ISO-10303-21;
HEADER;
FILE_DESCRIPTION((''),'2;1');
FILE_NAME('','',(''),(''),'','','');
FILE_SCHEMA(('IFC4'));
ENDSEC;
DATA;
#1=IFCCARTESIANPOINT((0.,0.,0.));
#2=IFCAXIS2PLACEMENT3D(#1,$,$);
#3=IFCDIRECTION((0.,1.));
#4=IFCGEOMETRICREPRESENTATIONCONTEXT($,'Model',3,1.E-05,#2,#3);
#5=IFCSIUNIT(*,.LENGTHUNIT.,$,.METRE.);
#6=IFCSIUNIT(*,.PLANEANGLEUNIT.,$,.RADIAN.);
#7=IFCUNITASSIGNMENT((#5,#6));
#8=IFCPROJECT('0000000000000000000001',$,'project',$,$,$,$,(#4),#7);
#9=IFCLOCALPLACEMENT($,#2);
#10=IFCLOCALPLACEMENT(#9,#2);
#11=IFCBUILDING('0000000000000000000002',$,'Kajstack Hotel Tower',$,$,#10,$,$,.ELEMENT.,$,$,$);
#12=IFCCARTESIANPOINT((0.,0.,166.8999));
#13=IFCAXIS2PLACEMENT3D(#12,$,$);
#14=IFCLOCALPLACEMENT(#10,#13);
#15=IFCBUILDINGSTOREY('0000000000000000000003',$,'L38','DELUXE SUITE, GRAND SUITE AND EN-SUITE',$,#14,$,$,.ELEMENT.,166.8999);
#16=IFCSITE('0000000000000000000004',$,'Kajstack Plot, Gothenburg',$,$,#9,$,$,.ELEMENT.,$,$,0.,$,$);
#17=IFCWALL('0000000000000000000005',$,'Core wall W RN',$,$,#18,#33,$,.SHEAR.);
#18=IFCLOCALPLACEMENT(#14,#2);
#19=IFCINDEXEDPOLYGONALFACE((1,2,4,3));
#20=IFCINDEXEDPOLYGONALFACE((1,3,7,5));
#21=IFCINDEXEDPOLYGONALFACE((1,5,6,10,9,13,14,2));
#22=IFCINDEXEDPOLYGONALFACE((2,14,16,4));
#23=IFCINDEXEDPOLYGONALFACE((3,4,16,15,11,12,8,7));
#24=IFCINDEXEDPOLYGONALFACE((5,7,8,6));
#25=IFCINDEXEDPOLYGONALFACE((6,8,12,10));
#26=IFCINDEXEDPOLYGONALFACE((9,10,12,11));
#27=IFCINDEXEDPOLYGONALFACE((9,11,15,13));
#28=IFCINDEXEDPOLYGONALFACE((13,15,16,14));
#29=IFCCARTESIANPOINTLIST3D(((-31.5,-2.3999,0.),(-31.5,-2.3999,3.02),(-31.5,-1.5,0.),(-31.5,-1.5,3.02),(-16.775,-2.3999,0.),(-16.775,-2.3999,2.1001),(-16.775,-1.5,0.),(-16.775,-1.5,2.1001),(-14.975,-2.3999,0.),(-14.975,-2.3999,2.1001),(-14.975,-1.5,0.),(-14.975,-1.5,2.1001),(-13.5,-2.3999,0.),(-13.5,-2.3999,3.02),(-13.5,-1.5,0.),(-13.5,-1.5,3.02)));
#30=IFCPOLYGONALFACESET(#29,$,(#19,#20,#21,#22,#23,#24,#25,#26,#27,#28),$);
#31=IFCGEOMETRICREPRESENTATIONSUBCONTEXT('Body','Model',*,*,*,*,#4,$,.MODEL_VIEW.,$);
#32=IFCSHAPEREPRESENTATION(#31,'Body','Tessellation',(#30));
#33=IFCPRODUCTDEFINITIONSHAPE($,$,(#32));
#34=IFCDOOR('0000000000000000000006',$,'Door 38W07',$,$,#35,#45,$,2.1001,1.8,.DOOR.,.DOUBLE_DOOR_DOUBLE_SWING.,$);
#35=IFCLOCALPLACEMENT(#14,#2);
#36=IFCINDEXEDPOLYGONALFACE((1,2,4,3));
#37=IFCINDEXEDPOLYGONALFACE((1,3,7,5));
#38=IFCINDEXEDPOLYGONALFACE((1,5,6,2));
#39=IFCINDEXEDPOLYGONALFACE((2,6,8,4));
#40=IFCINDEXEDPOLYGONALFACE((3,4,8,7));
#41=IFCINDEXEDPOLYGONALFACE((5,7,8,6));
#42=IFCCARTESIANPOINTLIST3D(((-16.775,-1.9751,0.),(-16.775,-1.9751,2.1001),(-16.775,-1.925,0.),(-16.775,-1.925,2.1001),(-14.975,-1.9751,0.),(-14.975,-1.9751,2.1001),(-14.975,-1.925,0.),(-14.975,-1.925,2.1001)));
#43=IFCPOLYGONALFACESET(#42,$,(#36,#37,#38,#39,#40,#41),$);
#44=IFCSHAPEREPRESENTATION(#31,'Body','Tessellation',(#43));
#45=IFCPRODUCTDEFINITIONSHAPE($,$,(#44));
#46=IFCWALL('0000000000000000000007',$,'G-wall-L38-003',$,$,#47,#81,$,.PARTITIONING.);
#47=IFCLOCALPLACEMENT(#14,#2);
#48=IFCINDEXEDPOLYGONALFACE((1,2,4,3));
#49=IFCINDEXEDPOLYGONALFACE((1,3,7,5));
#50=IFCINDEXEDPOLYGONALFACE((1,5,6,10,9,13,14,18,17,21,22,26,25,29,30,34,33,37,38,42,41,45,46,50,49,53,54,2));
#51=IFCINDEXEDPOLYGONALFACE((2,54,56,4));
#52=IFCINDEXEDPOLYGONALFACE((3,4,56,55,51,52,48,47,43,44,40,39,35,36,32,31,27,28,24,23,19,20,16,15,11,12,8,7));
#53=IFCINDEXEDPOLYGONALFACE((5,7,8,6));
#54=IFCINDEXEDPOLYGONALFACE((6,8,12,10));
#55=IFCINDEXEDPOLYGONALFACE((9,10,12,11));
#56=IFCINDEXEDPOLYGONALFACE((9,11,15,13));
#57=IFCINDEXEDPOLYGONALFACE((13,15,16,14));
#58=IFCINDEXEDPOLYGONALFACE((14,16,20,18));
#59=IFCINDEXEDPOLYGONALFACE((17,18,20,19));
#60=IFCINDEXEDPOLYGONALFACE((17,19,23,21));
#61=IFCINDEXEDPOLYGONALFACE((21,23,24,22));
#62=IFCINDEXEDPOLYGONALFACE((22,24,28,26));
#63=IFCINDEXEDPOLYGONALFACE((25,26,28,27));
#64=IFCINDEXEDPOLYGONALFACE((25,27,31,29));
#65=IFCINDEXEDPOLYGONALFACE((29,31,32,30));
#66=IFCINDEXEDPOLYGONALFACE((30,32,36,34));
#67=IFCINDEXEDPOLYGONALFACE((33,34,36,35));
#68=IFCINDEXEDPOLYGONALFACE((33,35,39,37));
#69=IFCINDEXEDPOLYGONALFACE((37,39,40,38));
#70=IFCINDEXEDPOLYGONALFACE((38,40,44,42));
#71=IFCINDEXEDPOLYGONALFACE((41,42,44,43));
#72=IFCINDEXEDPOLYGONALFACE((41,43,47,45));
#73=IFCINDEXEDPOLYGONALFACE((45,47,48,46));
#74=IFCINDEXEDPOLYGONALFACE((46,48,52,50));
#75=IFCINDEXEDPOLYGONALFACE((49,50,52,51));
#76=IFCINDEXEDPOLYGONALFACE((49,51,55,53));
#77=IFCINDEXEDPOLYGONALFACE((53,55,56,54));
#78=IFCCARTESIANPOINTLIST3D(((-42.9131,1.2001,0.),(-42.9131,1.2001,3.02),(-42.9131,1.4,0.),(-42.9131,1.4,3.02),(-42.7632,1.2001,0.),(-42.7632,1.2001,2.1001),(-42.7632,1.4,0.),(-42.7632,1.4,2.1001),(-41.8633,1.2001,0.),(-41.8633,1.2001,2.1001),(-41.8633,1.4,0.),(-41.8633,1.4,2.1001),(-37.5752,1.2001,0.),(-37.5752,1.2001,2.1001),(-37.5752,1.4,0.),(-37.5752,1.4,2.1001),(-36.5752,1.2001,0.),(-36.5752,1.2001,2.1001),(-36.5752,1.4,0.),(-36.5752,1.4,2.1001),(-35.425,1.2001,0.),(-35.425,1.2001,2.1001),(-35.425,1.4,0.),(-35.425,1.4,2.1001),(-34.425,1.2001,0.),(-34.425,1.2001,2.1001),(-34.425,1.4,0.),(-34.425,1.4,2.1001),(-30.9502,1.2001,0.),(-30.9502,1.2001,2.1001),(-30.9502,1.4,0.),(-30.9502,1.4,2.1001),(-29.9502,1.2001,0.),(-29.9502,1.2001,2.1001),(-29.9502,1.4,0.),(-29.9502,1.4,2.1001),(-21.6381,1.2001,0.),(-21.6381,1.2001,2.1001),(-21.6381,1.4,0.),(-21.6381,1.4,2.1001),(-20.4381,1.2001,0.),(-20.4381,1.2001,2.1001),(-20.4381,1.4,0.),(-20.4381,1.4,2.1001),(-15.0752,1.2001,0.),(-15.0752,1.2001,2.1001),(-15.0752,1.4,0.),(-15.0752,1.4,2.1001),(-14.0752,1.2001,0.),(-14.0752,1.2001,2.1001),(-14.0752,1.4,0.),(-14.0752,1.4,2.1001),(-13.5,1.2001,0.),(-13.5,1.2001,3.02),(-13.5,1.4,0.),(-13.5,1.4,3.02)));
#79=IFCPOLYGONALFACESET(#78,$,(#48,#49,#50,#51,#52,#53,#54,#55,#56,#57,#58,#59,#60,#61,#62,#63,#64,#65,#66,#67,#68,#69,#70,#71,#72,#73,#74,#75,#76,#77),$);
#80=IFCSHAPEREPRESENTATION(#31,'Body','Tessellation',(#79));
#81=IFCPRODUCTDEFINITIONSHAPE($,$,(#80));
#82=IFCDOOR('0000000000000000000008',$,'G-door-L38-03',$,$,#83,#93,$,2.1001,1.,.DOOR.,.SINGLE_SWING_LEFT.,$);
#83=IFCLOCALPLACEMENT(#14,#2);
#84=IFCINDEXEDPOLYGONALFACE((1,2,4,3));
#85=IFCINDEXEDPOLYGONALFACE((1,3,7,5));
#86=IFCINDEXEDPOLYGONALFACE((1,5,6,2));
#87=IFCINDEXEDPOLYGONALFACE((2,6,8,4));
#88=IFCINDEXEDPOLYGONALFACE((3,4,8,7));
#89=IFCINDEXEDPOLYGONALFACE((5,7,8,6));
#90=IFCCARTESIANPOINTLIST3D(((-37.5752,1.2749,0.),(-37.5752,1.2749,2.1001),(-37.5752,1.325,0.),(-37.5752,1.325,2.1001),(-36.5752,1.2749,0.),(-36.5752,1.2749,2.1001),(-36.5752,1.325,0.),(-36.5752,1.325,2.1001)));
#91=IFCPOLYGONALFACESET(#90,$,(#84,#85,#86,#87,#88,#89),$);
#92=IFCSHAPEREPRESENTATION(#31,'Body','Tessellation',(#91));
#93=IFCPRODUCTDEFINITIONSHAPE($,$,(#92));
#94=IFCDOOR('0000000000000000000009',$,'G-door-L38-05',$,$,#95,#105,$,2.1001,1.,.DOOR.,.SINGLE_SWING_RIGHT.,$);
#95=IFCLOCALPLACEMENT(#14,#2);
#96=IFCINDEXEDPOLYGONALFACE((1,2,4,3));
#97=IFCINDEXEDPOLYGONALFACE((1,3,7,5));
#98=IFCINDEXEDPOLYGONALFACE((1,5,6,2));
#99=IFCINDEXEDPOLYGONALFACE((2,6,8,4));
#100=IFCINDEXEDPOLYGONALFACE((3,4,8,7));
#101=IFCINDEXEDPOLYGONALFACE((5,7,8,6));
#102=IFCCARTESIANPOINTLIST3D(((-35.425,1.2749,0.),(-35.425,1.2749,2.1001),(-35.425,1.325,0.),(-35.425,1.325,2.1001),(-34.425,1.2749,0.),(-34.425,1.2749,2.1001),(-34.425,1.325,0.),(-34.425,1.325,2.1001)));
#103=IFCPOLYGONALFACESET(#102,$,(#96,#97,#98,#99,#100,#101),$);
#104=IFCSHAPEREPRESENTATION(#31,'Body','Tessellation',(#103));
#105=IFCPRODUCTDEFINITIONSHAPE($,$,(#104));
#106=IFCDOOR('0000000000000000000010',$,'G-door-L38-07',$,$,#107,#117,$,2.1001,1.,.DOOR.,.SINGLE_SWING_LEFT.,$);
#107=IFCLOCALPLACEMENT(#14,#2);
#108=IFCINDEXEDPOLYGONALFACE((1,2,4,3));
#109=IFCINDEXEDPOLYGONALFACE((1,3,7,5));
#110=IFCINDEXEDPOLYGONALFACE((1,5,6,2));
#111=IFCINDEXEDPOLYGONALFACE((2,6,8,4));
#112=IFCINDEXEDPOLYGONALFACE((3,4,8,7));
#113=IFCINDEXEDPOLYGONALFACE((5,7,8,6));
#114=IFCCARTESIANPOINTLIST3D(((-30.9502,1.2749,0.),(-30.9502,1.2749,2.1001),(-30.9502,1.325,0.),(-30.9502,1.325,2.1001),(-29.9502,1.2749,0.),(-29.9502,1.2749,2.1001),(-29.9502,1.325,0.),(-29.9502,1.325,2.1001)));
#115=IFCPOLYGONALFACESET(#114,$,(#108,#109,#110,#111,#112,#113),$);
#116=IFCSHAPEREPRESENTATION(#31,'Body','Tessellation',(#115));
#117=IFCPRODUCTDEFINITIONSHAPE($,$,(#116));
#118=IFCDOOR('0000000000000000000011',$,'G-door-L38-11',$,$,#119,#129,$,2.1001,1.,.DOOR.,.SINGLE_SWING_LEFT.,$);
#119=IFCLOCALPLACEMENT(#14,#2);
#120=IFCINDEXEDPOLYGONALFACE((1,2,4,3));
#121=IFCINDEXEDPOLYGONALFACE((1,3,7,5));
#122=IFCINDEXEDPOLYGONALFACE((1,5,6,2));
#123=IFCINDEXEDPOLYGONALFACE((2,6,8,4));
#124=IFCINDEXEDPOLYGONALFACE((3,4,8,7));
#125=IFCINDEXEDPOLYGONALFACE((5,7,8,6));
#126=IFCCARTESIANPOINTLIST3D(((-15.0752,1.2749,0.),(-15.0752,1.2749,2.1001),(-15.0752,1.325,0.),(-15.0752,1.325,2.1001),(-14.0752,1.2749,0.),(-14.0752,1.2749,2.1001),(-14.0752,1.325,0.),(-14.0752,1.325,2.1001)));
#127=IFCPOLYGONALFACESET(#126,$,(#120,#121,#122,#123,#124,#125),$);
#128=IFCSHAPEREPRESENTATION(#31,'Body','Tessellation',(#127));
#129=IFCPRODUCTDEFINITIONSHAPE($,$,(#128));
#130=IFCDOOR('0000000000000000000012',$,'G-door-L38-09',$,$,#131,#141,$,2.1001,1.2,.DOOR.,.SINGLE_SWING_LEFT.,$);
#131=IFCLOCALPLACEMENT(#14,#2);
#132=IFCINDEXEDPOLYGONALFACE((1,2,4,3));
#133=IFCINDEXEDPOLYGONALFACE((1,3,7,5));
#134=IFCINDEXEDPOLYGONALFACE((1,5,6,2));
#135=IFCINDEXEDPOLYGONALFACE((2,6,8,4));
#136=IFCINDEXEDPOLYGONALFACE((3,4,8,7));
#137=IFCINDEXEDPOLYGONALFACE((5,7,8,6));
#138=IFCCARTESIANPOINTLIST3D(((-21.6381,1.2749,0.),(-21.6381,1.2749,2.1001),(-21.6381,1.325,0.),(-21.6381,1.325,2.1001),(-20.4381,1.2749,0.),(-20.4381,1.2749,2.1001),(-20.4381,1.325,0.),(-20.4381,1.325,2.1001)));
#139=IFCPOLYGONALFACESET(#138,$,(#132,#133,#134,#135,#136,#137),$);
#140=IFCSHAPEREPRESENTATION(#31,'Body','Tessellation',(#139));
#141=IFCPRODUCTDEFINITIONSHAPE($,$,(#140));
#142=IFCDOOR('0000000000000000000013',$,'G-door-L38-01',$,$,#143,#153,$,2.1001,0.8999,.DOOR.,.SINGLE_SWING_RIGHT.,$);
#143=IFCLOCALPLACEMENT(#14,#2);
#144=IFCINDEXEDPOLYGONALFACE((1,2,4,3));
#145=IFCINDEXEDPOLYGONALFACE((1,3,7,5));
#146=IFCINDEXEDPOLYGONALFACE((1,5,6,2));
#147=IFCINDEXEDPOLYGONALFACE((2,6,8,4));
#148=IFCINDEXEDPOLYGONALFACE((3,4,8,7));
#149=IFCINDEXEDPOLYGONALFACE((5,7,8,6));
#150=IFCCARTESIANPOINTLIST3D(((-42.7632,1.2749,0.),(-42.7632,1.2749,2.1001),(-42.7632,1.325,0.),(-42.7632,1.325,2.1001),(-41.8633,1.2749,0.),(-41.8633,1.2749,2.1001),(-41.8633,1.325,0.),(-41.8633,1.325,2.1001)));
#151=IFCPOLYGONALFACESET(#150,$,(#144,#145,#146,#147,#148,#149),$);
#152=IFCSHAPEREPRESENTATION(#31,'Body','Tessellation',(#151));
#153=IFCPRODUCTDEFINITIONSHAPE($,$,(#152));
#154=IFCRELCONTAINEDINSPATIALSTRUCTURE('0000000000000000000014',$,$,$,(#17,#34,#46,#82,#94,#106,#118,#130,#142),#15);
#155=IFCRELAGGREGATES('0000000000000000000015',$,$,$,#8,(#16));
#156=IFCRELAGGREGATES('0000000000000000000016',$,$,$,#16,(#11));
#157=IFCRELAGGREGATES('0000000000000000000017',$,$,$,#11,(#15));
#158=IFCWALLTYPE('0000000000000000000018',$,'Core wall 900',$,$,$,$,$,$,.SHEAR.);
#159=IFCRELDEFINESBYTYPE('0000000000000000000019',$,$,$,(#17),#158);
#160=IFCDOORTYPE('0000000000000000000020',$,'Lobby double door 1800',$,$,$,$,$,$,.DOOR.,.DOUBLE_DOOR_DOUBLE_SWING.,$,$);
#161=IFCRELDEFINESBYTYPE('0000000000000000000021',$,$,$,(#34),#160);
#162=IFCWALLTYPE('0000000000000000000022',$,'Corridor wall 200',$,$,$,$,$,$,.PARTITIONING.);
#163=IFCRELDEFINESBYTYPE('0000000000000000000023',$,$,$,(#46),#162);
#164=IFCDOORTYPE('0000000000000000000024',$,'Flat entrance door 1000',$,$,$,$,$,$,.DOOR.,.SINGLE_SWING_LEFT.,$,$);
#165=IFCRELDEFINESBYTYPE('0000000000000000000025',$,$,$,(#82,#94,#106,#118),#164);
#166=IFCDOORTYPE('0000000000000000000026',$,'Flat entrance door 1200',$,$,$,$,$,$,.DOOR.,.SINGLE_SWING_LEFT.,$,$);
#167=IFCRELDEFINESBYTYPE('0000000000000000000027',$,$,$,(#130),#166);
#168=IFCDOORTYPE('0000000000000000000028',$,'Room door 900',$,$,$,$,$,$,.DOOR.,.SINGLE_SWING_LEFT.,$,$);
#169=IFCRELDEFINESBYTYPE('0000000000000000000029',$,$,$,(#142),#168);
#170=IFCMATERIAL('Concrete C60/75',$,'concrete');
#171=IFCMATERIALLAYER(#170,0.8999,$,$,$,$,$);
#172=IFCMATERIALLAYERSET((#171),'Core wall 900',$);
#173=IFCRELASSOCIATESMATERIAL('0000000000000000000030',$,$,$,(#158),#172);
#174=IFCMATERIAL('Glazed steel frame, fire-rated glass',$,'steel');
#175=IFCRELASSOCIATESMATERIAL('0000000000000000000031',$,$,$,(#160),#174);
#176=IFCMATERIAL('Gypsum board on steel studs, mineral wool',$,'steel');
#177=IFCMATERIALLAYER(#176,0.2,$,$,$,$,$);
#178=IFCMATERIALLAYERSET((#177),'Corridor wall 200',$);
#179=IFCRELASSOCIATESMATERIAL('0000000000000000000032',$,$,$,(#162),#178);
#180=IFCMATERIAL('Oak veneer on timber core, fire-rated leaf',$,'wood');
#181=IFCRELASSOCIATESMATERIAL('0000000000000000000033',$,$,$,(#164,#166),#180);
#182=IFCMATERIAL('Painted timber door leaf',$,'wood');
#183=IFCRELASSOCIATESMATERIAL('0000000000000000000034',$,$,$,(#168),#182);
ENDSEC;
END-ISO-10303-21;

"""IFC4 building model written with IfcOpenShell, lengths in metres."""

from ifc_helpers import new_model, si_unit, direction, frame, frame_2d, origin, place, context, subcontext, project, spatial, rectangle, extrude, material, layer, layer_set, type_object, element, fill, save


model = new_model("IFC4")

# Units and contexts
model_context = context("Model", 3, precision=1e-05, world=origin(), true_north=direction((0.0, 1.0)))
body_context = subcontext(model_context, "Body", "Model", "MODEL_VIEW")
ifc_project = project(units=[si_unit("LENGTHUNIT", "METRE"), si_unit("PLANEANGLEUNIT", "RADIAN")], contexts=[model_context])

# Site, building, storey
site_placement = place(None, origin())
site = spatial("IfcSite", under=ifc_project, at=site_placement, Name="Kajstack Plot, Gothenburg", CompositionType="ELEMENT", RefElevation=0.0)
building_placement = place(site_placement, origin())
building = spatial("IfcBuilding", under=site, at=building_placement, Name="Kajstack Hotel Tower", CompositionType="ELEMENT")
storey_placement = place(building_placement, frame((0.0, 0.0, 166.8999)))
storey = spatial("IfcBuildingStorey", under=building, at=storey_placement, Name="L38", Description="DELUXE SUITE, GRAND SUITE AND EN-SUITE", CompositionType="ELEMENT", Elevation=166.8999)

# Wall, opening, door
ifc_material_1 = material(Name="Concrete C60/75", Category="concrete")
ifc_layer_1 = layer(ifc_material_1, 0.8999)
ifc_layer_set_1 = layer_set([ifc_layer_1], Name="Core wall 900")
wall_type_1 = type_object("IfcWallType", Name="Core wall 900", PredefinedType="SHEAR", material=ifc_layer_set_1)
wall_1_placement = place(storey_placement, frame((-31.5, -1.95, 0.0), z_axis=(0.0, 0.0, 1.0), x_axis=(1.0, 0.0, 0.0)))
wall_1 = element("IfcWall", 1, at=wall_1_placement, inside=storey, type_object=wall_type_1, Name="Core wall W RN", PredefinedType="SHEAR", context=body_context, shape_type="SweptSolid", body=[
    extrude(rectangle(XDim=18.0, YDim=0.8999, at=frame_2d((9.0, 0.0))), origin(), (0.0, 0.0, 1.0), 3.02),
])
opening_1_placement = place(wall_1_placement, frame((14.7251, 0.0, 0.0)))
opening_1 = element("IfcOpeningElement", 2, at=opening_1_placement, cuts=wall_1, PredefinedType="OPENING", context=body_context, shape_type="SweptSolid", body=[
    extrude(rectangle(XDim=1.8, YDim=2.1001, at=frame_2d((0.8999, 1.05))), frame((0.0, 0.46, 0.0), z_axis=(0.0, -1.0, 0.0), x_axis=(1.0, 0.0, 0.0)), (0.0, 0.0, 1.0), 0.9199),
])
ifc_material_2 = material(Name="Glazed steel frame, fire-rated glass", Category="steel")
door_type_1 = type_object("IfcDoorType", Name="Lobby double door 1800", OperationType="DOUBLE_DOOR_DOUBLE_SWING", PredefinedType="DOOR", material=ifc_material_2)
door_1_placement = place(opening_1_placement, origin())
door_1 = element("IfcDoor", 3, at=door_1_placement, inside=storey, type_object=door_type_1, Name="Door 38W07", OperationType="DOUBLE_DOOR_DOUBLE_SWING", OverallHeight=2.1001, OverallWidth=1.8, PredefinedType="DOOR", context=body_context, shape_type="SweptSolid", body=[
    extrude(rectangle(XDim=1.8, YDim=2.1001, at=frame_2d((0.8999, 1.05))), frame((0.0, 0.0249, 0.0), z_axis=(0.0, -1.0, 0.0), x_axis=(1.0, 0.0, 0.0)), (0.0, 0.0, 1.0), 0.05),
])
fill(opening_1, door_1)

# Wall, openings, doors
ifc_material_3 = material(Name="Gypsum board on steel studs, mineral wool", Category="steel")
ifc_layer_2 = layer(ifc_material_3, 0.2)
ifc_layer_set_2 = layer_set([ifc_layer_2], Name="Corridor wall 200")
wall_type_2 = type_object("IfcWallType", Name="Corridor wall 200", PredefinedType="PARTITIONING", material=ifc_layer_set_2)
wall_2_placement = place(storey_placement, frame((-42.9131, 1.3, 0.0), z_axis=(0.0, 0.0, 1.0), x_axis=(1.0, 0.0, 0.0)))
wall_2 = element("IfcWall", 4, at=wall_2_placement, inside=storey, type_object=wall_type_2, Name="G-wall-L38-003", PredefinedType="PARTITIONING", context=body_context, shape_type="SweptSolid", body=[
    extrude(rectangle(XDim=29.4131, YDim=0.2, at=frame_2d((14.7065, 0.0))), origin(), (0.0, 0.0, 1.0), 3.02),
])
opening_2_placement = place(wall_2_placement, frame((0.1499, 0.0, 0.0)))
opening_2 = element("IfcOpeningElement", 5, at=opening_2_placement, cuts=wall_2, PredefinedType="OPENING", context=body_context, shape_type="SweptSolid", body=[
    extrude(rectangle(XDim=0.8999, YDim=2.1001, at=frame_2d((0.45, 1.05))), frame((0.0, 0.1099, 0.0), z_axis=(0.0, -1.0, 0.0), x_axis=(1.0, 0.0, 0.0)), (0.0, 0.0, 1.0), 0.22),
])
opening_3_placement = place(wall_2_placement, frame((5.3379, 0.0, 0.0)))
opening_3 = element("IfcOpeningElement", 6, at=opening_3_placement, cuts=wall_2, PredefinedType="OPENING", context=body_context, shape_type="SweptSolid", body=[
    extrude(rectangle(XDim=1.0, YDim=2.1001, at=frame_2d((0.5, 1.05))), frame((0.0, 0.1099, 0.0), z_axis=(0.0, -1.0, 0.0), x_axis=(1.0, 0.0, 0.0)), (0.0, 0.0, 1.0), 0.22),
])
opening_4_placement = place(wall_2_placement, frame((7.488, 0.0, 0.0)))
opening_4 = element("IfcOpeningElement", 7, at=opening_4_placement, cuts=wall_2, PredefinedType="OPENING", context=body_context, shape_type="SweptSolid", body=[
    extrude(rectangle(XDim=1.0, YDim=2.1001, at=frame_2d((0.5, 1.05))), frame((0.0, 0.1099, 0.0), z_axis=(0.0, -1.0, 0.0), x_axis=(1.0, 0.0, 0.0)), (0.0, 0.0, 1.0), 0.22),
])
opening_5_placement = place(wall_2_placement, frame((11.9629, 0.0, 0.0)))
opening_5 = element("IfcOpeningElement", 8, at=opening_5_placement, cuts=wall_2, PredefinedType="OPENING", context=body_context, shape_type="SweptSolid", body=[
    extrude(rectangle(XDim=1.0, YDim=2.1001, at=frame_2d((0.5, 1.05))), frame((0.0, 0.1099, 0.0), z_axis=(0.0, -1.0, 0.0), x_axis=(1.0, 0.0, 0.0)), (0.0, 0.0, 1.0), 0.22),
])
opening_6_placement = place(wall_2_placement, frame((21.2749, 0.0, 0.0)))
opening_6 = element("IfcOpeningElement", 9, at=opening_6_placement, cuts=wall_2, PredefinedType="OPENING", context=body_context, shape_type="SweptSolid", body=[
    extrude(rectangle(XDim=1.2, YDim=2.1001, at=frame_2d((0.6001, 1.05))), frame((0.0, 0.1099, 0.0), z_axis=(0.0, -1.0, 0.0), x_axis=(1.0, 0.0, 0.0)), (0.0, 0.0, 1.0), 0.22),
])
opening_7_placement = place(wall_2_placement, frame((27.8379, 0.0, 0.0)))
opening_7 = element("IfcOpeningElement", 10, at=opening_7_placement, cuts=wall_2, PredefinedType="OPENING", context=body_context, shape_type="SweptSolid", body=[
    extrude(rectangle(XDim=1.0, YDim=2.1001, at=frame_2d((0.5, 1.05))), frame((0.0, 0.1099, 0.0), z_axis=(0.0, -1.0, 0.0), x_axis=(1.0, 0.0, 0.0)), (0.0, 0.0, 1.0), 0.22),
])
ifc_material_4 = material(Name="Oak veneer on timber core, fire-rated leaf", Category="wood")
door_type_2 = type_object("IfcDoorType", Name="Flat entrance door 1000", OperationType="SINGLE_SWING_LEFT", PredefinedType="DOOR", material=ifc_material_4)
door_2_placement = place(opening_3_placement, origin())
door_2 = element("IfcDoor", 11, at=door_2_placement, inside=storey, type_object=door_type_2, Name="G-door-L38-03", OperationType="SINGLE_SWING_LEFT", OverallHeight=2.1001, OverallWidth=1.0, PredefinedType="DOOR", context=body_context, shape_type="SweptSolid", body=[
    extrude(rectangle(XDim=1.0, YDim=2.1001, at=frame_2d((0.5, 1.05))), frame((0.0, 0.0249, 0.0), z_axis=(0.0, -1.0, 0.0), x_axis=(1.0, 0.0, 0.0)), (0.0, 0.0, 1.0), 0.05),
])
fill(opening_3, door_2)
door_3_placement = place(opening_4_placement, origin())
door_3 = element("IfcDoor", 12, at=door_3_placement, inside=storey, type_object=door_type_2, Name="G-door-L38-05", OperationType="SINGLE_SWING_RIGHT", OverallHeight=2.1001, OverallWidth=1.0, PredefinedType="DOOR", context=body_context, shape_type="SweptSolid", body=[
    extrude(rectangle(XDim=1.0, YDim=2.1001, at=frame_2d((0.5, 1.05))), frame((0.0, 0.0249, 0.0), z_axis=(0.0, -1.0, 0.0), x_axis=(1.0, 0.0, 0.0)), (0.0, 0.0, 1.0), 0.05),
])
fill(opening_4, door_3)
door_4_placement = place(opening_5_placement, origin())
door_4 = element("IfcDoor", 13, at=door_4_placement, inside=storey, type_object=door_type_2, Name="G-door-L38-07", OperationType="SINGLE_SWING_LEFT", OverallHeight=2.1001, OverallWidth=1.0, PredefinedType="DOOR", context=body_context, shape_type="SweptSolid", body=[
    extrude(rectangle(XDim=1.0, YDim=2.1001, at=frame_2d((0.5, 1.05))), frame((0.0, 0.0249, 0.0), z_axis=(0.0, -1.0, 0.0), x_axis=(1.0, 0.0, 0.0)), (0.0, 0.0, 1.0), 0.05),
])
fill(opening_5, door_4)
door_5_placement = place(opening_7_placement, origin())
door_5 = element("IfcDoor", 14, at=door_5_placement, inside=storey, type_object=door_type_2, Name="G-door-L38-11", OperationType="SINGLE_SWING_LEFT", OverallHeight=2.1001, OverallWidth=1.0, PredefinedType="DOOR", context=body_context, shape_type="SweptSolid", body=[
    extrude(rectangle(XDim=1.0, YDim=2.1001, at=frame_2d((0.5, 1.05))), frame((0.0, 0.0249, 0.0), z_axis=(0.0, -1.0, 0.0), x_axis=(1.0, 0.0, 0.0)), (0.0, 0.0, 1.0), 0.05),
])
fill(opening_7, door_5)
door_type_3 = type_object("IfcDoorType", Name="Flat entrance door 1200", OperationType="SINGLE_SWING_LEFT", PredefinedType="DOOR", material=ifc_material_4)
door_6_placement = place(opening_6_placement, origin())
door_6 = element("IfcDoor", 15, at=door_6_placement, inside=storey, type_object=door_type_3, Name="G-door-L38-09", OperationType="SINGLE_SWING_LEFT", OverallHeight=2.1001, OverallWidth=1.2, PredefinedType="DOOR", context=body_context, shape_type="SweptSolid", body=[
    extrude(rectangle(XDim=1.2, YDim=2.1001, at=frame_2d((0.6001, 1.05))), frame((0.0, 0.0249, 0.0), z_axis=(0.0, -1.0, 0.0), x_axis=(1.0, 0.0, 0.0)), (0.0, 0.0, 1.0), 0.05),
])
fill(opening_6, door_6)
ifc_material_5 = material(Name="Painted timber door leaf", Category="wood")
door_type_4 = type_object("IfcDoorType", Name="Room door 900", OperationType="SINGLE_SWING_LEFT", PredefinedType="DOOR", material=ifc_material_5)
door_7_placement = place(opening_2_placement, origin())
door_7 = element("IfcDoor", 16, at=door_7_placement, inside=storey, type_object=door_type_4, Name="G-door-L38-01", OperationType="SINGLE_SWING_RIGHT", OverallHeight=2.1001, OverallWidth=0.8999, PredefinedType="DOOR", context=body_context, shape_type="SweptSolid", body=[
    extrude(rectangle(XDim=0.8999, YDim=2.1001, at=frame_2d((0.45, 1.05))), frame((0.0, 0.0249, 0.0), z_axis=(0.0, -1.0, 0.0), x_axis=(1.0, 0.0, 0.0)), (0.0, 0.0, 1.0), 0.05),
])
fill(opening_2, door_7)

save(model, "model.ifc")
